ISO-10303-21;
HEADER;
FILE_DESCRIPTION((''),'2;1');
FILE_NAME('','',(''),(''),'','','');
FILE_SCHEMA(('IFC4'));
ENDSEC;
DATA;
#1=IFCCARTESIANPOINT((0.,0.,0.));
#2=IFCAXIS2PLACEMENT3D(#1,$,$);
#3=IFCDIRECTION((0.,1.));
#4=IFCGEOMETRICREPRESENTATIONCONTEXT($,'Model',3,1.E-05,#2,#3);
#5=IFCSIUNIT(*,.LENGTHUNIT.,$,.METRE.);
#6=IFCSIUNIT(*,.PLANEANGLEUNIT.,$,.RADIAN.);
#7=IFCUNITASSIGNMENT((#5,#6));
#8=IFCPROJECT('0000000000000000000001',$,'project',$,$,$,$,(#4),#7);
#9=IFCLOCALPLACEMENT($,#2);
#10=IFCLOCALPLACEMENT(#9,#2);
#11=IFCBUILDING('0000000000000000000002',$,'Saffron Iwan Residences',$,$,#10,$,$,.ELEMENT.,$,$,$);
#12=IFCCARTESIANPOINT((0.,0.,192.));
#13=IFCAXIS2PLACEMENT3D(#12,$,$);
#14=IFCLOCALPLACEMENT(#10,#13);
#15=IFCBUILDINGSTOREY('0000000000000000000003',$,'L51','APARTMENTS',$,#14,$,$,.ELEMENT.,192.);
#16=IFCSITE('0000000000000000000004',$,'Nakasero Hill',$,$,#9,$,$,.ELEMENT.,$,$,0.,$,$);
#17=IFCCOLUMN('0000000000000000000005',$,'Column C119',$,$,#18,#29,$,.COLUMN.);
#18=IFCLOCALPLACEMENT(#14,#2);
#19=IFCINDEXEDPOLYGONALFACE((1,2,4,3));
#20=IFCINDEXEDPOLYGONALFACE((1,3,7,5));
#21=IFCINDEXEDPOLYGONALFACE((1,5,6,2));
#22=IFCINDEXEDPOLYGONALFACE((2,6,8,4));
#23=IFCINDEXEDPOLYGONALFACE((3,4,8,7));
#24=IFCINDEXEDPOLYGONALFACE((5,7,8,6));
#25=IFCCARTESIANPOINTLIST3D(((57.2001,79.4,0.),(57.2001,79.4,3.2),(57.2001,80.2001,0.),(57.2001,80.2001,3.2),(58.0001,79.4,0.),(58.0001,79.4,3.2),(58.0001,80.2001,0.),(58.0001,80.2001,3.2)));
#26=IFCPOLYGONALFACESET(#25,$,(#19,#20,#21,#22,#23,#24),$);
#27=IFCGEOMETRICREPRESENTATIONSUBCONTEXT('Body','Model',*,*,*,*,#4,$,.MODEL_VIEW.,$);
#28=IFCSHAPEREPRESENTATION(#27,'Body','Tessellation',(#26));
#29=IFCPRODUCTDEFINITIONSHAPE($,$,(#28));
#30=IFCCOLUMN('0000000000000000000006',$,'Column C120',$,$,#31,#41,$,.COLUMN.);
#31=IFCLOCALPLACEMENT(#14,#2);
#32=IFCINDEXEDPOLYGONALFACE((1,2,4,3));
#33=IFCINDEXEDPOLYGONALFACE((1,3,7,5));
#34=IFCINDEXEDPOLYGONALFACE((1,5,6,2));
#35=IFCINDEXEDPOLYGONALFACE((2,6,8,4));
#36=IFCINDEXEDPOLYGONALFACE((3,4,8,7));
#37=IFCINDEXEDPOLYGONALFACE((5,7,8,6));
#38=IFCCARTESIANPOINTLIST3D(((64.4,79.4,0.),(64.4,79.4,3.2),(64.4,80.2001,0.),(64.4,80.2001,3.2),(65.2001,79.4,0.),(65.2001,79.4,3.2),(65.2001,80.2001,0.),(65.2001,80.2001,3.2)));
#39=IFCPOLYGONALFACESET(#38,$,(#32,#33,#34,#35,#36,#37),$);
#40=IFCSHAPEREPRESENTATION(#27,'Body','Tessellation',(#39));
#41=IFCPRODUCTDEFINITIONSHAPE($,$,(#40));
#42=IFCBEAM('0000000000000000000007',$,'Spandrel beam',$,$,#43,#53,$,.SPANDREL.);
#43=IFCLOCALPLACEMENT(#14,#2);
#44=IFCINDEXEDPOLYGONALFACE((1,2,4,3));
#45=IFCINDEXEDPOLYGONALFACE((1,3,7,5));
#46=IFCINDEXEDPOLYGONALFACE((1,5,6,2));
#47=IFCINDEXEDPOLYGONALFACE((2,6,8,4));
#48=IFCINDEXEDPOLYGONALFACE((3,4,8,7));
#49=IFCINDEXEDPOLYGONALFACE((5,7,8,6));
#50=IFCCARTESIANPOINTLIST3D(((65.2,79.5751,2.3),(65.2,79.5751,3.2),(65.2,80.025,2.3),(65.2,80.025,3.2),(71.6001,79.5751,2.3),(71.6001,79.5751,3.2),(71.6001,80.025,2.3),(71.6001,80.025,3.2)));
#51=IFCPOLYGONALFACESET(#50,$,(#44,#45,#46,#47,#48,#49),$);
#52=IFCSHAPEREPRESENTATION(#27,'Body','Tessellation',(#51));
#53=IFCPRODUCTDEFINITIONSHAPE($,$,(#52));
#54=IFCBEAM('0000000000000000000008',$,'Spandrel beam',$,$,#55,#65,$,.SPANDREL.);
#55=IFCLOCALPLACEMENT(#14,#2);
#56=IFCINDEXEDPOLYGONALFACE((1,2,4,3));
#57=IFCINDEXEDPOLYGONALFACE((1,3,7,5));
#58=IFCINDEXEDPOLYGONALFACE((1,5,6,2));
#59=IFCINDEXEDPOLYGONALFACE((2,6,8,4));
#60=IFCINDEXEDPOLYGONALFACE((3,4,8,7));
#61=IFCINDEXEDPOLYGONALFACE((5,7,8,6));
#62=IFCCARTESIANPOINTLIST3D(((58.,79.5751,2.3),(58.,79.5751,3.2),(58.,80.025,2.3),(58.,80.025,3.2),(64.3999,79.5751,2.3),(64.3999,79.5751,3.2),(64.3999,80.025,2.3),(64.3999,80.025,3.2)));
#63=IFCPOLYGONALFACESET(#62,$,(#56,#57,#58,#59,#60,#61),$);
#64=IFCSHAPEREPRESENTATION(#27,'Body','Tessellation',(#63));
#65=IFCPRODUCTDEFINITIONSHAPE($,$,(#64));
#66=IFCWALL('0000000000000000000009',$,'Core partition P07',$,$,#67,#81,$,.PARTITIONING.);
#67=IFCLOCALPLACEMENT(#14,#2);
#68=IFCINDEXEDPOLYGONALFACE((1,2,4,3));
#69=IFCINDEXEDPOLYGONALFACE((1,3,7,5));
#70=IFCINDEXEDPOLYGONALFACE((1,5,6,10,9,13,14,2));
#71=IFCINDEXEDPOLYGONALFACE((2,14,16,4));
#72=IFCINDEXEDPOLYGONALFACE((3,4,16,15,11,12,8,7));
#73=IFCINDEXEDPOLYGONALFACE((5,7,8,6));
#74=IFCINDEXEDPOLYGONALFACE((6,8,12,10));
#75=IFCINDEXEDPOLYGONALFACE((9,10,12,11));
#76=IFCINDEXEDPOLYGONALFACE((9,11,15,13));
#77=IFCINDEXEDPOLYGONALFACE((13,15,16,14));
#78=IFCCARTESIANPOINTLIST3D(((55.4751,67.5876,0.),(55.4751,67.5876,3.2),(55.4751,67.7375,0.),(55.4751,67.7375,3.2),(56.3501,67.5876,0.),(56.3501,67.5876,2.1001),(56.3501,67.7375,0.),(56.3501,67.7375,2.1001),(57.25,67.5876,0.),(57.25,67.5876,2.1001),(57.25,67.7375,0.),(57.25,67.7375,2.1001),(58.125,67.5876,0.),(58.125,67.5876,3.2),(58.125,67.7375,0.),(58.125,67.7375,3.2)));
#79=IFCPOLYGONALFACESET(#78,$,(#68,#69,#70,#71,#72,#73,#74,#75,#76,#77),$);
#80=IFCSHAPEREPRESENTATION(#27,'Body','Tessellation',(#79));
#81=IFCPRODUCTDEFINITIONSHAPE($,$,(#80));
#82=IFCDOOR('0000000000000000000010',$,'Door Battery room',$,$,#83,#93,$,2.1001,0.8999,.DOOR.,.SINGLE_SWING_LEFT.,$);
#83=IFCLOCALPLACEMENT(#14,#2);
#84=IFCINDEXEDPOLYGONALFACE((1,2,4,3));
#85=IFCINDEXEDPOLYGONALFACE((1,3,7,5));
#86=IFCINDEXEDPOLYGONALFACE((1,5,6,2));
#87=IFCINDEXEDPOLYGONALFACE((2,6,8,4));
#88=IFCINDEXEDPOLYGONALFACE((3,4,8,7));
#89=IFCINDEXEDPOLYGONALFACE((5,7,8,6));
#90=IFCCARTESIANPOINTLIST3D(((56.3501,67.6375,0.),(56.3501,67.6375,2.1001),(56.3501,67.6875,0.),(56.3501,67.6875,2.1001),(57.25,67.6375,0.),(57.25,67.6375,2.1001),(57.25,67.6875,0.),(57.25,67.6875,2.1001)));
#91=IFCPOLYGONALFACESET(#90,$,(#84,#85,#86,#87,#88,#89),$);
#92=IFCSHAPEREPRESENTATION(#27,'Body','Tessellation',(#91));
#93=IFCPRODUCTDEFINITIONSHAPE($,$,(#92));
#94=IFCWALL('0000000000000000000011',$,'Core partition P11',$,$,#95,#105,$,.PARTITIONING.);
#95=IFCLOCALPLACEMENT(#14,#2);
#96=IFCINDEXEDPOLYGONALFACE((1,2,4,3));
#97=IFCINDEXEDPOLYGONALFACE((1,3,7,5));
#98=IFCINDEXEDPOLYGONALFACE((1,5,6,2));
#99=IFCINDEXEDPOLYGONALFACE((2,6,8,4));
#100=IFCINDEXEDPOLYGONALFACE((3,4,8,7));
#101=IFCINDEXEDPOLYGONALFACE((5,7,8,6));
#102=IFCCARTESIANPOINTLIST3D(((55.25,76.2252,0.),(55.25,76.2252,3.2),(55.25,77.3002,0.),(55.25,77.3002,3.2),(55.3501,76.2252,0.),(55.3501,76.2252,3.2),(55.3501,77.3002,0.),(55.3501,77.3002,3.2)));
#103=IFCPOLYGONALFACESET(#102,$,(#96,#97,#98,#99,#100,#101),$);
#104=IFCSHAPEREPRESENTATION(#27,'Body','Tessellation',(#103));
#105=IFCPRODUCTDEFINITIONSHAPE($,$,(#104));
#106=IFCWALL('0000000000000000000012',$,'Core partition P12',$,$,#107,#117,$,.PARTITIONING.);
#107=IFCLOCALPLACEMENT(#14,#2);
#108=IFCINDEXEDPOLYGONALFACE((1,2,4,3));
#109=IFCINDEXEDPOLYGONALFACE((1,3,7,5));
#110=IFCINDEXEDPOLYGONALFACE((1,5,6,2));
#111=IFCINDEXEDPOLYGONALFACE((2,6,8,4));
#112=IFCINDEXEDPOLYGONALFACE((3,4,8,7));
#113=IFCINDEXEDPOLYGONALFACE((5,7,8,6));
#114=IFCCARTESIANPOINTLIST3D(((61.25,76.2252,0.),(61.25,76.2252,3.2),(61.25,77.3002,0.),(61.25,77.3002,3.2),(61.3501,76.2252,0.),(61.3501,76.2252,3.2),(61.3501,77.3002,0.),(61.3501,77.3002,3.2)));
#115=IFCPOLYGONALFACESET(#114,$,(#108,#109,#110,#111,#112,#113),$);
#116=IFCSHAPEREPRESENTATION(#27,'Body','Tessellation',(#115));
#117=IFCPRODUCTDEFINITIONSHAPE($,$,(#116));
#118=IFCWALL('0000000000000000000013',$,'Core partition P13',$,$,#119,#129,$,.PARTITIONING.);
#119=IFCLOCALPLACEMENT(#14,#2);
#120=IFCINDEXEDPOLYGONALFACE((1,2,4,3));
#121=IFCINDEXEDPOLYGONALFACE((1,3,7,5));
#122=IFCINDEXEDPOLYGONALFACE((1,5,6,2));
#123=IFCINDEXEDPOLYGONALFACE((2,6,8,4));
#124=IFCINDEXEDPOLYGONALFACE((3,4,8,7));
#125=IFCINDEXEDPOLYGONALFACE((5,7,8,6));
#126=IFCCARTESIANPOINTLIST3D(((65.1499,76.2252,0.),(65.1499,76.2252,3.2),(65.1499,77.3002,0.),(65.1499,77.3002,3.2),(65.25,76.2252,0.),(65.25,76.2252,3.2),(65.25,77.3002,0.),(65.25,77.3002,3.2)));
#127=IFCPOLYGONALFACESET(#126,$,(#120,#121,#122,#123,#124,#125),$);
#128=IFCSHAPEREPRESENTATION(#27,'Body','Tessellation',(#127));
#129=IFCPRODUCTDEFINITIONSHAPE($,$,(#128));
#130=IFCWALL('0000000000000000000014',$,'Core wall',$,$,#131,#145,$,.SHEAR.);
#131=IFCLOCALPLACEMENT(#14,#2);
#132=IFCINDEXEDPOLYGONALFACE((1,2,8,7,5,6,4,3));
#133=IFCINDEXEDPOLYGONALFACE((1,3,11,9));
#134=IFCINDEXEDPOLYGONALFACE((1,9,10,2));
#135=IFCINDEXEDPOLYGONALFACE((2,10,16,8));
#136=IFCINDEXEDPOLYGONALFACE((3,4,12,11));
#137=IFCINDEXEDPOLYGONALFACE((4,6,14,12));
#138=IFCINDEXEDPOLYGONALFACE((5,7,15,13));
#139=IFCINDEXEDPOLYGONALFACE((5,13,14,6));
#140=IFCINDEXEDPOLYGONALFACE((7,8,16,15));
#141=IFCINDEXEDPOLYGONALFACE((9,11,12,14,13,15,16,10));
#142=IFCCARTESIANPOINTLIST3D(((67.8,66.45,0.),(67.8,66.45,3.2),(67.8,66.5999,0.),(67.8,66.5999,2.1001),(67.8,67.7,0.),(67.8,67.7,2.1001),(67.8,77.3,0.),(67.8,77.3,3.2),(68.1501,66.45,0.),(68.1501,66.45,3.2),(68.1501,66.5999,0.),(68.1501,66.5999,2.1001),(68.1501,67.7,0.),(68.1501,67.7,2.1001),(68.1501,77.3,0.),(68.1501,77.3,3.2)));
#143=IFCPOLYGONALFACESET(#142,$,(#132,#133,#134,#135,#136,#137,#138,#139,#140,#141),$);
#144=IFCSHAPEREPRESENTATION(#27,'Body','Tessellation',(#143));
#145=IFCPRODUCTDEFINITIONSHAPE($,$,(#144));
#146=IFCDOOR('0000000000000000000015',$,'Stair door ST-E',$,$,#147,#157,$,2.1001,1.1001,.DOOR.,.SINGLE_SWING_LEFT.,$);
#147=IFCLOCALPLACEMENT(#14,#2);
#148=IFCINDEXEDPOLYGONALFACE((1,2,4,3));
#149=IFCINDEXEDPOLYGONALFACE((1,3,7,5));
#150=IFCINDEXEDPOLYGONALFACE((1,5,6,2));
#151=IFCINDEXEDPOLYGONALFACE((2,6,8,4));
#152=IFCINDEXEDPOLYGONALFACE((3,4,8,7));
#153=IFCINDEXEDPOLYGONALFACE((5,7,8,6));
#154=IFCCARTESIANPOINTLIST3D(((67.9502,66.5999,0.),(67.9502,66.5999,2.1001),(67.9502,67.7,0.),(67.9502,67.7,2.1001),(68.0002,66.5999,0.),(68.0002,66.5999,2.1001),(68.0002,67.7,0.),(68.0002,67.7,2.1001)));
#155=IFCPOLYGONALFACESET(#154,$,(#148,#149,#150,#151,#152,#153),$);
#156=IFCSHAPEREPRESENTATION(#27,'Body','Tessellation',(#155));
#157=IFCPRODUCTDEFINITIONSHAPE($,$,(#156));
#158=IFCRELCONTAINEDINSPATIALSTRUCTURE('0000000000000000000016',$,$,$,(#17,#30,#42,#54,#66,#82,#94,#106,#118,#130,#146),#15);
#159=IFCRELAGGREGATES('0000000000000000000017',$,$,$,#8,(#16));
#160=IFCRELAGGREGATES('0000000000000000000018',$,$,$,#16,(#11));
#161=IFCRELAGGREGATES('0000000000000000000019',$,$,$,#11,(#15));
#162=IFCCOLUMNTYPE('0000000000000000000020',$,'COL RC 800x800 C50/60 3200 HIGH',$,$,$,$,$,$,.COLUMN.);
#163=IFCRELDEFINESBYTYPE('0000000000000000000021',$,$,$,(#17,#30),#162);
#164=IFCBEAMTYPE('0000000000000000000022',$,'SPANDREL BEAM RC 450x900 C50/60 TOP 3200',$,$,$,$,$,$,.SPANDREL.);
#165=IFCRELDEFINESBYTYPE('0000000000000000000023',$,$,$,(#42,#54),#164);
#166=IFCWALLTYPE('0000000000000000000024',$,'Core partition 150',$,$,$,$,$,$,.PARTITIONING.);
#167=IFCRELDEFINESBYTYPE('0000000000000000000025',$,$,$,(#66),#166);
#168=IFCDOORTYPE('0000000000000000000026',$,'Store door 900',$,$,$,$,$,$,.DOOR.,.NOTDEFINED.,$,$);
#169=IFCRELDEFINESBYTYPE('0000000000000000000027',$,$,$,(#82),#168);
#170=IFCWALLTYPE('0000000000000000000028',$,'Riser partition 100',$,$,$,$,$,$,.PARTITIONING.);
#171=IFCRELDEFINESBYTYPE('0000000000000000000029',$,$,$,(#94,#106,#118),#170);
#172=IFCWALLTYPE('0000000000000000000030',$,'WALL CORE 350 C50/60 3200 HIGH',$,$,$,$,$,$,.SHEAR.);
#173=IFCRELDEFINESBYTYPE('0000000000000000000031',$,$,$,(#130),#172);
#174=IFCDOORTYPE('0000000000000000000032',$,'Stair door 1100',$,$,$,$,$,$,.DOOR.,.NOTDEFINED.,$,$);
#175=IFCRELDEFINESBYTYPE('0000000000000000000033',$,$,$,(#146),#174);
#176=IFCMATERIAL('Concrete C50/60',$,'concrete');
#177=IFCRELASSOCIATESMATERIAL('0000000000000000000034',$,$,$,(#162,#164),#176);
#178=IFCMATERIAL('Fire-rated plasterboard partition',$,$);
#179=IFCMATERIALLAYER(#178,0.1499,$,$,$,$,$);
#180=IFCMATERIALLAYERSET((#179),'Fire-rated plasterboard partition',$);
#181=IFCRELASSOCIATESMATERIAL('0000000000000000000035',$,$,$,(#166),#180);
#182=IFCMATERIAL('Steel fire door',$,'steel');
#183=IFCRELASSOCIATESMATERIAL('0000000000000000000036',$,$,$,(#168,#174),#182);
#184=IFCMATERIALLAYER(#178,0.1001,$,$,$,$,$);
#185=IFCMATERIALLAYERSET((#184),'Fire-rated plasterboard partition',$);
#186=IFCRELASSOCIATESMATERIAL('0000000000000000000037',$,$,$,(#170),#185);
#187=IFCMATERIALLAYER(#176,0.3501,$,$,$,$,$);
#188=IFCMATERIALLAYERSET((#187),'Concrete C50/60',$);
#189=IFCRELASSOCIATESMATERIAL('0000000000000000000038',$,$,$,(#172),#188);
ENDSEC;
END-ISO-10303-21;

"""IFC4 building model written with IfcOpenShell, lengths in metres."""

from ifc_helpers import new_model, si_unit, direction, frame, frame_2d, origin, origin_2d, place, context, subcontext, project, spatial, rectangle, extrude, source, transform, mapped, material, layer, layer_set, material_profile, profile_set, type_object, element, fill, save


model = new_model("IFC4")

# Units and contexts
model_context = context("Model", 3, precision=1e-05, world=origin(), true_north=direction((0.0, 1.0)))
body_context = subcontext(model_context, "Body", "Model", "MODEL_VIEW")
ifc_project = project(units=[si_unit("LENGTHUNIT", "METRE"), si_unit("PLANEANGLEUNIT", "RADIAN")], contexts=[model_context])

# Site, building, storey
site_placement = place(None, origin())
site = spatial("IfcSite", under=ifc_project, at=site_placement, Name="Nakasero Hill", CompositionType="ELEMENT", RefElevation=0.0)
building_placement = place(site_placement, origin())
building = spatial("IfcBuilding", under=site, at=building_placement, Name="Saffron Iwan Residences", CompositionType="ELEMENT")
storey_placement = place(building_placement, frame((0.0, 0.0, 192.0)))
storey = spatial("IfcBuildingStorey", under=building, at=storey_placement, Name="L51", Description="APARTMENTS", CompositionType="ELEMENT", Elevation=192.0)

# Columns
ifc_material_1 = material(Name="Concrete C50/60", Category="concrete")
ifc_material_profile_1 = material_profile(ifc_material_1, rectangle(XDim=0.8, YDim=0.8, at=origin_2d()), Name="RC 800x800")
ifc_profile_set_1 = profile_set([ifc_material_profile_1], Name="Concrete C50/60")
column_type = type_object("IfcColumnType", Name="COL RC 800x800 C50/60 3200 HIGH", PredefinedType="COLUMN", material=ifc_profile_set_1)
shared_shape_1 = source(origin(), body_context, "Body", "SweptSolid", [
    extrude(rectangle(XDim=0.8, YDim=0.8, at=origin_2d()), origin(), (0.0, 0.0, 1.0), 3.2),
])
for number, where, z_axis, x_axis, name in (
    (1, (57.6001, 79.8, 0.0), (0.0, 0.0, 1.0), (1.0, 0.0, 0.0), "Column C119"),
    (2, (64.8, 79.8, 0.0), (0.0, 0.0, 1.0), (1.0, 0.0, 0.0), "Column C120"),
):
    element("IfcColumn", number, at=place(storey_placement, frame(where, z_axis=z_axis, x_axis=x_axis)), inside=storey, type_object=column_type, Name=name, PredefinedType="COLUMN", context=body_context, shape_type="MappedRepresentation", body=[
        mapped(shared_shape_1, transform((0.0, 0.0, 0.0))),
    ])

# Beams
ifc_material_profile_2 = material_profile(ifc_material_1, rectangle(XDim=0.45, YDim=0.8999, at=origin_2d()), Name="RC 450x900")
ifc_profile_set_2 = profile_set([ifc_material_profile_2], Name="Concrete C50/60")
beam_type = type_object("IfcBeamType", Name="SPANDREL BEAM RC 450x900 C50/60 TOP 3200", PredefinedType="SPANDREL", material=ifc_profile_set_2)
shared_shape_2 = source(origin(), body_context, "Body", "SweptSolid", [
    extrude(rectangle(XDim=0.45, YDim=0.8999, at=origin_2d()), origin(), (0.0, 0.0, 1.0), 6.4001),
])
beam_1_placement = place(storey_placement, frame((65.2, 79.8, 2.75), z_axis=(1.0, 0.0, 0.0), x_axis=(0.0, 1.0, 0.0)))
element("IfcBeam", 3, at=beam_1_placement, inside=storey, type_object=beam_type, Name="Spandrel beam", PredefinedType="SPANDREL", context=body_context, shape_type="MappedRepresentation", body=[
    mapped(shared_shape_2, transform((0.0, 0.0, 0.0))),
])
shared_shape_3 = source(origin(), body_context, "Body", "SweptSolid", [
    extrude(rectangle(XDim=0.45, YDim=0.8999, at=origin_2d()), origin(), (0.0, 0.0, 1.0), 6.3999),
])
beam_2_placement = place(storey_placement, frame((58.0, 79.8, 2.75), z_axis=(1.0, 0.0, 0.0), x_axis=(0.0, 1.0, 0.0)))
element("IfcBeam", 4, at=beam_2_placement, inside=storey, type_object=beam_type, Name="Spandrel beam", PredefinedType="SPANDREL", context=body_context, shape_type="MappedRepresentation", body=[
    mapped(shared_shape_3, transform((0.0, 0.0, 0.0))),
])

# Wall, opening, door
ifc_material_2 = material(Name="Fire-rated plasterboard partition")
ifc_layer_1 = layer(ifc_material_2, 0.1499)
ifc_layer_set_1 = layer_set([ifc_layer_1], Name="Fire-rated plasterboard partition")
wall_type_1 = type_object("IfcWallType", Name="Core partition 150", PredefinedType="PARTITIONING", material=ifc_layer_set_1)
wall_1_placement = place(storey_placement, frame((55.4751, 67.6626, 0.0), z_axis=(0.0, 0.0, 1.0), x_axis=(1.0, 0.0, 0.0)))
wall_1 = element("IfcWall", 5, at=wall_1_placement, inside=storey, type_object=wall_type_1, Name="Core partition P07", PredefinedType="PARTITIONING", context=body_context, shape_type="SweptSolid", body=[
    extrude(rectangle(XDim=2.6499, YDim=0.1499, at=frame_2d((1.325, 0.0))), origin(), (0.0, 0.0, 1.0), 3.2),
])
opening_1_placement = place(wall_1_placement, frame((0.875, 0.0, 0.0)))
opening_1 = element("IfcOpeningElement", 6, at=opening_1_placement, cuts=wall_1, PredefinedType="OPENING", context=body_context, shape_type="SweptSolid", body=[
    extrude(rectangle(XDim=0.8999, YDim=2.1001, at=frame_2d((0.45, 1.05))), frame((0.0, 0.085, 0.0), z_axis=(0.0, -1.0, 0.0), x_axis=(1.0, 0.0, 0.0)), (0.0, 0.0, 1.0), 0.1699),
])
ifc_material_3 = material(Name="Steel fire door", Category="steel")
door_type_1 = type_object("IfcDoorType", Name="Store door 900", OperationType="NOTDEFINED", PredefinedType="DOOR", material=ifc_material_3)
door_1_placement = place(opening_1_placement, origin())
door_1 = element("IfcDoor", 7, at=door_1_placement, inside=storey, type_object=door_type_1, Name="Door Battery room", OperationType="SINGLE_SWING_LEFT", OverallHeight=2.1001, OverallWidth=0.8999, PredefinedType="DOOR", context=body_context, shape_type="SweptSolid", body=[
    extrude(rectangle(XDim=0.8999, YDim=2.1001, at=frame_2d((0.45, 1.05))), frame((0.0, 0.0249, 0.0), z_axis=(0.0, -1.0, 0.0), x_axis=(1.0, 0.0, 0.0)), (0.0, 0.0, 1.0), 0.05),
])
fill(opening_1, door_1)

# Walls
ifc_layer_2 = layer(ifc_material_2, 0.1001)
ifc_layer_set_2 = layer_set([ifc_layer_2], Name="Fire-rated plasterboard partition")
wall_type_2 = type_object("IfcWallType", Name="Riser partition 100", PredefinedType="PARTITIONING", material=ifc_layer_set_2)
for number, where, z_axis, x_axis, name in (
    (8, (55.3, 76.2251, 0.0), (0.0, 0.0, 1.0), (0.0, 1.0, 0.0), "Core partition P11"),
    (9, (61.3, 76.2251, 0.0), (0.0, 0.0, 1.0), (0.0, 1.0, 0.0), "Core partition P12"),
    (10, (65.2, 76.2251, 0.0), (0.0, 0.0, 1.0), (0.0, 1.0, 0.0), "Core partition P13"),
):
    element("IfcWall", number, at=place(storey_placement, frame(where, z_axis=z_axis, x_axis=x_axis)), inside=storey, type_object=wall_type_2, Name=name, PredefinedType="PARTITIONING", context=body_context, shape_type="SweptSolid", body=[
        extrude(rectangle(XDim=1.075, YDim=0.1001, at=frame_2d((0.5376, 0.0))), origin(), (0.0, 0.0, 1.0), 3.2),
    ])

# Wall, opening, door
ifc_layer_3 = layer(ifc_material_1, 0.3501)
ifc_layer_set_3 = layer_set([ifc_layer_3], Name="Concrete C50/60")
wall_type_3 = type_object("IfcWallType", Name="WALL CORE 350 C50/60 3200 HIGH", PredefinedType="SHEAR", material=ifc_layer_set_3)
wall_2_placement = place(storey_placement, frame((67.9751, 66.45, 0.0), z_axis=(0.0, 0.0, 1.0), x_axis=(0.0, 1.0, 0.0)))
wall_2 = element("IfcWall", 11, at=wall_2_placement, inside=storey, type_object=wall_type_3, Name="Core wall", PredefinedType="SHEAR", context=body_context, shape_type="SweptSolid", body=[
    extrude(rectangle(XDim=10.8501, YDim=0.3501, at=frame_2d((5.425, 0.0))), origin(), (0.0, 0.0, 1.0), 3.2),
])
opening_2_placement = place(wall_2_placement, frame((0.1499, 0.0, 0.0)))
opening_2 = element("IfcOpeningElement", 12, at=opening_2_placement, cuts=wall_2, PredefinedType="OPENING", context=body_context, shape_type="SweptSolid", body=[
    extrude(rectangle(XDim=1.1001, YDim=2.1001, at=frame_2d((0.55, 1.05))), frame((0.0, 0.1851, 0.0), z_axis=(0.0, -1.0, 0.0), x_axis=(1.0, 0.0, 0.0)), (0.0, 0.0, 1.0), 0.3701),
])
door_type_2 = type_object("IfcDoorType", Name="Stair door 1100", OperationType="NOTDEFINED", PredefinedType="DOOR", material=ifc_material_3)
door_2_placement = place(opening_2_placement, origin())
door_2 = element("IfcDoor", 13, at=door_2_placement, inside=storey, type_object=door_type_2, Name="Stair door ST-E", OperationType="SINGLE_SWING_LEFT", OverallHeight=2.1001, OverallWidth=1.1001, PredefinedType="DOOR", context=body_context, shape_type="SweptSolid", body=[
    extrude(rectangle(XDim=1.1001, YDim=2.1001, at=frame_2d((0.55, 1.05))), frame((0.0, 0.0249, 0.0), z_axis=(0.0, -1.0, 0.0), x_axis=(1.0, 0.0, 0.0)), (0.0, 0.0, 1.0), 0.05),
])
fill(opening_2, door_2)

save(model, "model.ifc")
